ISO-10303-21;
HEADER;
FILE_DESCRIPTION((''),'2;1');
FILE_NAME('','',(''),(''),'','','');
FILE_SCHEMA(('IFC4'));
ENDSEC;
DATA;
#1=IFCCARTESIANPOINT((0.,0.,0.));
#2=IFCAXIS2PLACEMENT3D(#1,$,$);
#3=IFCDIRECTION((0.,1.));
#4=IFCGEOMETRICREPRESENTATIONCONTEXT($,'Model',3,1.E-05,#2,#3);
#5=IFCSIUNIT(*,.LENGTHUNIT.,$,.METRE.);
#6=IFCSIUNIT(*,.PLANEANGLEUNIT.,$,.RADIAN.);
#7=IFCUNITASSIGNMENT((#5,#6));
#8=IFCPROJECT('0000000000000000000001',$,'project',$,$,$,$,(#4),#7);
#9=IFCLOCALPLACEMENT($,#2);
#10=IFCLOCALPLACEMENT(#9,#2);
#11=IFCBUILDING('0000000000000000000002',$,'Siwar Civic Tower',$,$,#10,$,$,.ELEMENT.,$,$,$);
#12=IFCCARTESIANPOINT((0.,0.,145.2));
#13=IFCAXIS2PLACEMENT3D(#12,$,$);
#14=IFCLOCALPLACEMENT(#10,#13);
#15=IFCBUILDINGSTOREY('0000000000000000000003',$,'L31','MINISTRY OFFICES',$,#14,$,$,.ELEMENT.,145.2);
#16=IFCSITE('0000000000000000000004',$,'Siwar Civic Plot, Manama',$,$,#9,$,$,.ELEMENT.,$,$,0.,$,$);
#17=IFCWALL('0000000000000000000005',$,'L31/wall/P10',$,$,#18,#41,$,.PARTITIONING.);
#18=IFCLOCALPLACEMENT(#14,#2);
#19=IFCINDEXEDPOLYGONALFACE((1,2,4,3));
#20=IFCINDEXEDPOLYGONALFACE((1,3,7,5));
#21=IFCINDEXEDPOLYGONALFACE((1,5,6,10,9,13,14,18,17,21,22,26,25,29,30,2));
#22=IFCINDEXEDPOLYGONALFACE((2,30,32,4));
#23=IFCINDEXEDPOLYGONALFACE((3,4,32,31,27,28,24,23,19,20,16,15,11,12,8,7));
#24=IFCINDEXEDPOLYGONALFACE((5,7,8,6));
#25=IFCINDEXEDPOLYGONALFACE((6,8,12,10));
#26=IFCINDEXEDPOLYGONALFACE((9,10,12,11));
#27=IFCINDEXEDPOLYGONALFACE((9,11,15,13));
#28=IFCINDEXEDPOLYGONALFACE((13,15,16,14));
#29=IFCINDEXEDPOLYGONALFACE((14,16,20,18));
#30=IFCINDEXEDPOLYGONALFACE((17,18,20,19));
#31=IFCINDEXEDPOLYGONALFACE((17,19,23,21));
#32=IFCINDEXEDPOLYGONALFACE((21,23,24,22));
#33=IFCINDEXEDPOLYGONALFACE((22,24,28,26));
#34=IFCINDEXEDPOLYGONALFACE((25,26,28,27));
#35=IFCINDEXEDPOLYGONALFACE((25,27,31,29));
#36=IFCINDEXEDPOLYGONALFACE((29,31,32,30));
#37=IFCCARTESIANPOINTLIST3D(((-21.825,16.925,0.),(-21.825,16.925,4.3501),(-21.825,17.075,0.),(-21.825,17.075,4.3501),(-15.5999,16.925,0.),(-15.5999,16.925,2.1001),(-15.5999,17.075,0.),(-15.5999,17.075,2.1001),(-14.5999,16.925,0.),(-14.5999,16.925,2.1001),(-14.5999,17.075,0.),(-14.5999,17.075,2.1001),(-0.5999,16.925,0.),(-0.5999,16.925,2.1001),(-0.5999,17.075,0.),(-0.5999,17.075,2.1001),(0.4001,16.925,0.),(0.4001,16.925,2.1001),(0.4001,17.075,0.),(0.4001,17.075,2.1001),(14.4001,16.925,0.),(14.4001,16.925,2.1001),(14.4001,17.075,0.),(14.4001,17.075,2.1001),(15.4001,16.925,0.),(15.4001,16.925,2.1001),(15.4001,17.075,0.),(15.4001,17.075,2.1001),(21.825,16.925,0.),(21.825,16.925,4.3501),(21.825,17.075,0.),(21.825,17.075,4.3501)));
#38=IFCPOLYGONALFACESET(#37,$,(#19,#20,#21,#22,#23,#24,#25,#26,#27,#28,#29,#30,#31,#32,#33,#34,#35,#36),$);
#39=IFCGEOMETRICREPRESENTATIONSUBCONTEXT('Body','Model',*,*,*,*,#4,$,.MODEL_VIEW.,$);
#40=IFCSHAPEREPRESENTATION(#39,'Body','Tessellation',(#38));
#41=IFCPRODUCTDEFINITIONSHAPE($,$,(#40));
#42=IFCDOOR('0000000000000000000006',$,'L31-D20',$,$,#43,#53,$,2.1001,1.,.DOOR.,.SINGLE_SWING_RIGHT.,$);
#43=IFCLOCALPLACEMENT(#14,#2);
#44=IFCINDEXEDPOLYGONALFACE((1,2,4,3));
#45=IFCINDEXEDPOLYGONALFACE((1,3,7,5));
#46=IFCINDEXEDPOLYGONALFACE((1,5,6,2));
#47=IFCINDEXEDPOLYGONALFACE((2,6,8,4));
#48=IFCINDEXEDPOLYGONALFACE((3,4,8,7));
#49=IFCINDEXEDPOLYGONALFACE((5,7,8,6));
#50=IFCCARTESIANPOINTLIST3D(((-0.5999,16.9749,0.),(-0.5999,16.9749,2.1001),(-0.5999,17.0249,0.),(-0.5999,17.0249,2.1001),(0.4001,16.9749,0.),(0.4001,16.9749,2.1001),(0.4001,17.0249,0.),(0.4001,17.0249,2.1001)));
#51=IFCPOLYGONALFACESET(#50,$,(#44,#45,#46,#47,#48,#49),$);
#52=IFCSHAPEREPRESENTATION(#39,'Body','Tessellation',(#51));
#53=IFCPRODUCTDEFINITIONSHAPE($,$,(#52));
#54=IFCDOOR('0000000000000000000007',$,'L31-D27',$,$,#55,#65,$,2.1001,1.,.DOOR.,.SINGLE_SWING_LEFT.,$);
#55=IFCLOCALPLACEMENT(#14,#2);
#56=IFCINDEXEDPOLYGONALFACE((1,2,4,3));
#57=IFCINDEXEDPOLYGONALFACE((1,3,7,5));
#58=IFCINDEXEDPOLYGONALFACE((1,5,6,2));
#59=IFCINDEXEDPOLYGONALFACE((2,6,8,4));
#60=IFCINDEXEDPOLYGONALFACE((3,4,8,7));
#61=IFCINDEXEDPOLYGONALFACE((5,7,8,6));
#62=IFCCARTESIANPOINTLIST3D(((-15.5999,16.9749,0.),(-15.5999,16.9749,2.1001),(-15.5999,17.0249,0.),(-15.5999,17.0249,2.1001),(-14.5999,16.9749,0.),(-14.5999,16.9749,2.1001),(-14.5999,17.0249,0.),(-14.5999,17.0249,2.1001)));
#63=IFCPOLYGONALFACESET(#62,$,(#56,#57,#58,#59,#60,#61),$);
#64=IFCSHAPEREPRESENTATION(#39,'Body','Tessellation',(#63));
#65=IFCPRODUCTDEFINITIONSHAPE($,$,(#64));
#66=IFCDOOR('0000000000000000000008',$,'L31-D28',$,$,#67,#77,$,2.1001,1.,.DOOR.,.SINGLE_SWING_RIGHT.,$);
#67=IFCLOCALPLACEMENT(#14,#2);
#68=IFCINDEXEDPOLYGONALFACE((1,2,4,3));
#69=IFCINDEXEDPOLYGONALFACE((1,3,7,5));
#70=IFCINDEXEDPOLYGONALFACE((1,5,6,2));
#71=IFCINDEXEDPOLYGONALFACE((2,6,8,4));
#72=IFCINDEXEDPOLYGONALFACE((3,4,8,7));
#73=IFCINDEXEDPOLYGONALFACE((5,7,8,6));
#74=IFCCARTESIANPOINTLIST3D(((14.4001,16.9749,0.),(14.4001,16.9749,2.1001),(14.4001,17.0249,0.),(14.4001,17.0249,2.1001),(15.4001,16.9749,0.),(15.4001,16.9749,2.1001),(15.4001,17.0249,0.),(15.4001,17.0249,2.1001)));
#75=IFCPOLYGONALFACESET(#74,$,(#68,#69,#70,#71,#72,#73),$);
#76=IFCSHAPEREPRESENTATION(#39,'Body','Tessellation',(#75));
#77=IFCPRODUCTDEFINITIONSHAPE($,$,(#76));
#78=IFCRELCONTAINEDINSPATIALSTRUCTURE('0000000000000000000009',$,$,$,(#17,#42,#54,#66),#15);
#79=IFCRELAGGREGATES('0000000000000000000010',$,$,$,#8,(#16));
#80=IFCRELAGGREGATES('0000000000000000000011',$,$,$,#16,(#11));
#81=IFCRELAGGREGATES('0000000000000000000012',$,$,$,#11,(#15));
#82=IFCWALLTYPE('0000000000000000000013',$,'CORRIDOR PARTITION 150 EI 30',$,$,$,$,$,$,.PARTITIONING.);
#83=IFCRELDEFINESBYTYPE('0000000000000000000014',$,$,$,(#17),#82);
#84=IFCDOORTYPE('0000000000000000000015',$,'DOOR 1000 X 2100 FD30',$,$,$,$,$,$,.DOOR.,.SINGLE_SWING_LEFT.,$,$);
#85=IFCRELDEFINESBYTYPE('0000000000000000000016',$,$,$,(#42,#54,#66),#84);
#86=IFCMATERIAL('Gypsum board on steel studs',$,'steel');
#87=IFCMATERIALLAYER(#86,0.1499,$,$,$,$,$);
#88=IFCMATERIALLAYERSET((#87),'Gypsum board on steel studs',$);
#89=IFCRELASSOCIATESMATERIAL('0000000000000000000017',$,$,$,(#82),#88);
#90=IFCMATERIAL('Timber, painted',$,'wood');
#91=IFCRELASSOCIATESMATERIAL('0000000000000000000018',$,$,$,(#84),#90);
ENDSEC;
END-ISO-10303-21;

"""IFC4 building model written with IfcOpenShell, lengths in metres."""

from ifc_helpers import new_model, si_unit, direction, frame, frame_2d, origin, place, context, subcontext, project, spatial, rectangle, extrude, material, layer, layer_set, type_object, element, fill, save


model = new_model("IFC4")

# Units and contexts
model_context = context("Model", 3, precision=1e-05, world=origin(), true_north=direction((0.0, 1.0)))
body_context = subcontext(model_context, "Body", "Model", "MODEL_VIEW")
ifc_project = project(units=[si_unit("LENGTHUNIT", "METRE"), si_unit("PLANEANGLEUNIT", "RADIAN")], contexts=[model_context])

# Site, building, storey
site_placement = place(None, origin())
site = spatial("IfcSite", under=ifc_project, at=site_placement, Name="Siwar Civic Plot, Manama", CompositionType="ELEMENT", RefElevation=0.0)
building_placement = place(site_placement, origin())
building = spatial("IfcBuilding", under=site, at=building_placement, Name="Siwar Civic Tower", CompositionType="ELEMENT")
storey_placement = place(building_placement, frame((0.0, 0.0, 145.2)))
storey = spatial("IfcBuildingStorey", under=building, at=storey_placement, Name="L31", Description="MINISTRY OFFICES", CompositionType="ELEMENT", Elevation=145.2)

# Shared definitions
ifc_material_1 = material(Name="Gypsum board on steel studs", Category="steel")
ifc_layer_1 = layer(ifc_material_1, 0.1499)
ifc_layer_set_1 = layer_set([ifc_layer_1], Name="Gypsum board on steel studs")
wall_type = type_object("IfcWallType", Name="CORRIDOR PARTITION 150 EI 30", PredefinedType="PARTITIONING", material=ifc_layer_set_1)

# Wall, openings, doors
wall_1_placement = place(storey_placement, frame((-21.825, 17.0, 0.0), z_axis=(0.0, 0.0, 1.0), x_axis=(1.0, 0.0, 0.0)))
wall_1 = element("IfcWall", 1, at=wall_1_placement, inside=storey, type_object=wall_type, Name="L31/wall/P10", PredefinedType="PARTITIONING", context=body_context, shape_type="SweptSolid", body=[
    extrude(rectangle(XDim=43.6499, YDim=0.1499, at=frame_2d((21.825, 0.0))), origin(), (0.0, 0.0, 1.0), 4.3501),
])
opening_1_placement = place(wall_1_placement, frame((21.2251, 0.0, 0.0)))
opening_1 = element("IfcOpeningElement", 2, at=opening_1_placement, cuts=wall_1, PredefinedType="OPENING", context=body_context, shape_type="SweptSolid", body=[
    extrude(rectangle(XDim=1.0, YDim=2.1001, at=frame_2d((0.5, 1.05))), frame((0.0, 0.085, 0.0), z_axis=(0.0, -1.0, 0.0), x_axis=(1.0, 0.0, 0.0)), (0.0, 0.0, 1.0), 0.1699),
])
opening_2_placement = place(wall_1_placement, frame((6.2251, 0.0, 0.0)))
opening_2 = element("IfcOpeningElement", 3, at=opening_2_placement, cuts=wall_1, PredefinedType="OPENING", context=body_context, shape_type="SweptSolid", body=[
    extrude(rectangle(XDim=1.0, YDim=2.1001, at=frame_2d((0.5, 1.05))), frame((0.0, 0.085, 0.0), z_axis=(0.0, -1.0, 0.0), x_axis=(1.0, 0.0, 0.0)), (0.0, 0.0, 1.0), 0.1699),
])
opening_3_placement = place(wall_1_placement, frame((36.2251, 0.0, 0.0)))
opening_3 = element("IfcOpeningElement", 4, at=opening_3_placement, cuts=wall_1, PredefinedType="OPENING", context=body_context, shape_type="SweptSolid", body=[
    extrude(rectangle(XDim=1.0, YDim=2.1001, at=frame_2d((0.5, 1.05))), frame((0.0, 0.085, 0.0), z_axis=(0.0, -1.0, 0.0), x_axis=(1.0, 0.0, 0.0)), (0.0, 0.0, 1.0), 0.1699),
])
ifc_material_2 = material(Name="Timber, painted", Category="wood")
door_type = type_object("IfcDoorType", Name="DOOR 1000 X 2100 FD30", OperationType="SINGLE_SWING_LEFT", PredefinedType="DOOR", material=ifc_material_2)
door_1_placement = place(opening_1_placement, origin())
door_1 = element("IfcDoor", 5, at=door_1_placement, inside=storey, type_object=door_type, Name="L31-D20", OperationType="SINGLE_SWING_RIGHT", OverallHeight=2.1001, OverallWidth=1.0, PredefinedType="DOOR", context=body_context, shape_type="SweptSolid", body=[
    extrude(rectangle(XDim=1.0, YDim=2.1001, at=frame_2d((0.5, 1.05))), frame((0.0, 0.0249, 0.0), z_axis=(0.0, -1.0, 0.0), x_axis=(1.0, 0.0, 0.0)), (0.0, 0.0, 1.0), 0.05),
])
fill(opening_1, door_1)
door_2_placement = place(opening_2_placement, origin())
door_2 = element("IfcDoor", 6, at=door_2_placement, inside=storey, type_object=door_type, Name="L31-D27", OperationType="SINGLE_SWING_LEFT", OverallHeight=2.1001, OverallWidth=1.0, PredefinedType="DOOR", context=body_context, shape_type="SweptSolid", body=[
    extrude(rectangle(XDim=1.0, YDim=2.1001, at=frame_2d((0.5, 1.05))), frame((0.0, 0.0249, 0.0), z_axis=(0.0, -1.0, 0.0), x_axis=(1.0, 0.0, 0.0)), (0.0, 0.0, 1.0), 0.05),
])
fill(opening_2, door_2)
door_3_placement = place(opening_3_placement, origin())
door_3 = element("IfcDoor", 7, at=door_3_placement, inside=storey, type_object=door_type, Name="L31-D28", OperationType="SINGLE_SWING_RIGHT", OverallHeight=2.1001, OverallWidth=1.0, PredefinedType="DOOR", context=body_context, shape_type="SweptSolid", body=[
    extrude(rectangle(XDim=1.0, YDim=2.1001, at=frame_2d((0.5, 1.05))), frame((0.0, 0.0249, 0.0), z_axis=(0.0, -1.0, 0.0), x_axis=(1.0, 0.0, 0.0)), (0.0, 0.0, 1.0), 0.05),
])
fill(opening_3, door_3)

save(model, "model.ifc")
